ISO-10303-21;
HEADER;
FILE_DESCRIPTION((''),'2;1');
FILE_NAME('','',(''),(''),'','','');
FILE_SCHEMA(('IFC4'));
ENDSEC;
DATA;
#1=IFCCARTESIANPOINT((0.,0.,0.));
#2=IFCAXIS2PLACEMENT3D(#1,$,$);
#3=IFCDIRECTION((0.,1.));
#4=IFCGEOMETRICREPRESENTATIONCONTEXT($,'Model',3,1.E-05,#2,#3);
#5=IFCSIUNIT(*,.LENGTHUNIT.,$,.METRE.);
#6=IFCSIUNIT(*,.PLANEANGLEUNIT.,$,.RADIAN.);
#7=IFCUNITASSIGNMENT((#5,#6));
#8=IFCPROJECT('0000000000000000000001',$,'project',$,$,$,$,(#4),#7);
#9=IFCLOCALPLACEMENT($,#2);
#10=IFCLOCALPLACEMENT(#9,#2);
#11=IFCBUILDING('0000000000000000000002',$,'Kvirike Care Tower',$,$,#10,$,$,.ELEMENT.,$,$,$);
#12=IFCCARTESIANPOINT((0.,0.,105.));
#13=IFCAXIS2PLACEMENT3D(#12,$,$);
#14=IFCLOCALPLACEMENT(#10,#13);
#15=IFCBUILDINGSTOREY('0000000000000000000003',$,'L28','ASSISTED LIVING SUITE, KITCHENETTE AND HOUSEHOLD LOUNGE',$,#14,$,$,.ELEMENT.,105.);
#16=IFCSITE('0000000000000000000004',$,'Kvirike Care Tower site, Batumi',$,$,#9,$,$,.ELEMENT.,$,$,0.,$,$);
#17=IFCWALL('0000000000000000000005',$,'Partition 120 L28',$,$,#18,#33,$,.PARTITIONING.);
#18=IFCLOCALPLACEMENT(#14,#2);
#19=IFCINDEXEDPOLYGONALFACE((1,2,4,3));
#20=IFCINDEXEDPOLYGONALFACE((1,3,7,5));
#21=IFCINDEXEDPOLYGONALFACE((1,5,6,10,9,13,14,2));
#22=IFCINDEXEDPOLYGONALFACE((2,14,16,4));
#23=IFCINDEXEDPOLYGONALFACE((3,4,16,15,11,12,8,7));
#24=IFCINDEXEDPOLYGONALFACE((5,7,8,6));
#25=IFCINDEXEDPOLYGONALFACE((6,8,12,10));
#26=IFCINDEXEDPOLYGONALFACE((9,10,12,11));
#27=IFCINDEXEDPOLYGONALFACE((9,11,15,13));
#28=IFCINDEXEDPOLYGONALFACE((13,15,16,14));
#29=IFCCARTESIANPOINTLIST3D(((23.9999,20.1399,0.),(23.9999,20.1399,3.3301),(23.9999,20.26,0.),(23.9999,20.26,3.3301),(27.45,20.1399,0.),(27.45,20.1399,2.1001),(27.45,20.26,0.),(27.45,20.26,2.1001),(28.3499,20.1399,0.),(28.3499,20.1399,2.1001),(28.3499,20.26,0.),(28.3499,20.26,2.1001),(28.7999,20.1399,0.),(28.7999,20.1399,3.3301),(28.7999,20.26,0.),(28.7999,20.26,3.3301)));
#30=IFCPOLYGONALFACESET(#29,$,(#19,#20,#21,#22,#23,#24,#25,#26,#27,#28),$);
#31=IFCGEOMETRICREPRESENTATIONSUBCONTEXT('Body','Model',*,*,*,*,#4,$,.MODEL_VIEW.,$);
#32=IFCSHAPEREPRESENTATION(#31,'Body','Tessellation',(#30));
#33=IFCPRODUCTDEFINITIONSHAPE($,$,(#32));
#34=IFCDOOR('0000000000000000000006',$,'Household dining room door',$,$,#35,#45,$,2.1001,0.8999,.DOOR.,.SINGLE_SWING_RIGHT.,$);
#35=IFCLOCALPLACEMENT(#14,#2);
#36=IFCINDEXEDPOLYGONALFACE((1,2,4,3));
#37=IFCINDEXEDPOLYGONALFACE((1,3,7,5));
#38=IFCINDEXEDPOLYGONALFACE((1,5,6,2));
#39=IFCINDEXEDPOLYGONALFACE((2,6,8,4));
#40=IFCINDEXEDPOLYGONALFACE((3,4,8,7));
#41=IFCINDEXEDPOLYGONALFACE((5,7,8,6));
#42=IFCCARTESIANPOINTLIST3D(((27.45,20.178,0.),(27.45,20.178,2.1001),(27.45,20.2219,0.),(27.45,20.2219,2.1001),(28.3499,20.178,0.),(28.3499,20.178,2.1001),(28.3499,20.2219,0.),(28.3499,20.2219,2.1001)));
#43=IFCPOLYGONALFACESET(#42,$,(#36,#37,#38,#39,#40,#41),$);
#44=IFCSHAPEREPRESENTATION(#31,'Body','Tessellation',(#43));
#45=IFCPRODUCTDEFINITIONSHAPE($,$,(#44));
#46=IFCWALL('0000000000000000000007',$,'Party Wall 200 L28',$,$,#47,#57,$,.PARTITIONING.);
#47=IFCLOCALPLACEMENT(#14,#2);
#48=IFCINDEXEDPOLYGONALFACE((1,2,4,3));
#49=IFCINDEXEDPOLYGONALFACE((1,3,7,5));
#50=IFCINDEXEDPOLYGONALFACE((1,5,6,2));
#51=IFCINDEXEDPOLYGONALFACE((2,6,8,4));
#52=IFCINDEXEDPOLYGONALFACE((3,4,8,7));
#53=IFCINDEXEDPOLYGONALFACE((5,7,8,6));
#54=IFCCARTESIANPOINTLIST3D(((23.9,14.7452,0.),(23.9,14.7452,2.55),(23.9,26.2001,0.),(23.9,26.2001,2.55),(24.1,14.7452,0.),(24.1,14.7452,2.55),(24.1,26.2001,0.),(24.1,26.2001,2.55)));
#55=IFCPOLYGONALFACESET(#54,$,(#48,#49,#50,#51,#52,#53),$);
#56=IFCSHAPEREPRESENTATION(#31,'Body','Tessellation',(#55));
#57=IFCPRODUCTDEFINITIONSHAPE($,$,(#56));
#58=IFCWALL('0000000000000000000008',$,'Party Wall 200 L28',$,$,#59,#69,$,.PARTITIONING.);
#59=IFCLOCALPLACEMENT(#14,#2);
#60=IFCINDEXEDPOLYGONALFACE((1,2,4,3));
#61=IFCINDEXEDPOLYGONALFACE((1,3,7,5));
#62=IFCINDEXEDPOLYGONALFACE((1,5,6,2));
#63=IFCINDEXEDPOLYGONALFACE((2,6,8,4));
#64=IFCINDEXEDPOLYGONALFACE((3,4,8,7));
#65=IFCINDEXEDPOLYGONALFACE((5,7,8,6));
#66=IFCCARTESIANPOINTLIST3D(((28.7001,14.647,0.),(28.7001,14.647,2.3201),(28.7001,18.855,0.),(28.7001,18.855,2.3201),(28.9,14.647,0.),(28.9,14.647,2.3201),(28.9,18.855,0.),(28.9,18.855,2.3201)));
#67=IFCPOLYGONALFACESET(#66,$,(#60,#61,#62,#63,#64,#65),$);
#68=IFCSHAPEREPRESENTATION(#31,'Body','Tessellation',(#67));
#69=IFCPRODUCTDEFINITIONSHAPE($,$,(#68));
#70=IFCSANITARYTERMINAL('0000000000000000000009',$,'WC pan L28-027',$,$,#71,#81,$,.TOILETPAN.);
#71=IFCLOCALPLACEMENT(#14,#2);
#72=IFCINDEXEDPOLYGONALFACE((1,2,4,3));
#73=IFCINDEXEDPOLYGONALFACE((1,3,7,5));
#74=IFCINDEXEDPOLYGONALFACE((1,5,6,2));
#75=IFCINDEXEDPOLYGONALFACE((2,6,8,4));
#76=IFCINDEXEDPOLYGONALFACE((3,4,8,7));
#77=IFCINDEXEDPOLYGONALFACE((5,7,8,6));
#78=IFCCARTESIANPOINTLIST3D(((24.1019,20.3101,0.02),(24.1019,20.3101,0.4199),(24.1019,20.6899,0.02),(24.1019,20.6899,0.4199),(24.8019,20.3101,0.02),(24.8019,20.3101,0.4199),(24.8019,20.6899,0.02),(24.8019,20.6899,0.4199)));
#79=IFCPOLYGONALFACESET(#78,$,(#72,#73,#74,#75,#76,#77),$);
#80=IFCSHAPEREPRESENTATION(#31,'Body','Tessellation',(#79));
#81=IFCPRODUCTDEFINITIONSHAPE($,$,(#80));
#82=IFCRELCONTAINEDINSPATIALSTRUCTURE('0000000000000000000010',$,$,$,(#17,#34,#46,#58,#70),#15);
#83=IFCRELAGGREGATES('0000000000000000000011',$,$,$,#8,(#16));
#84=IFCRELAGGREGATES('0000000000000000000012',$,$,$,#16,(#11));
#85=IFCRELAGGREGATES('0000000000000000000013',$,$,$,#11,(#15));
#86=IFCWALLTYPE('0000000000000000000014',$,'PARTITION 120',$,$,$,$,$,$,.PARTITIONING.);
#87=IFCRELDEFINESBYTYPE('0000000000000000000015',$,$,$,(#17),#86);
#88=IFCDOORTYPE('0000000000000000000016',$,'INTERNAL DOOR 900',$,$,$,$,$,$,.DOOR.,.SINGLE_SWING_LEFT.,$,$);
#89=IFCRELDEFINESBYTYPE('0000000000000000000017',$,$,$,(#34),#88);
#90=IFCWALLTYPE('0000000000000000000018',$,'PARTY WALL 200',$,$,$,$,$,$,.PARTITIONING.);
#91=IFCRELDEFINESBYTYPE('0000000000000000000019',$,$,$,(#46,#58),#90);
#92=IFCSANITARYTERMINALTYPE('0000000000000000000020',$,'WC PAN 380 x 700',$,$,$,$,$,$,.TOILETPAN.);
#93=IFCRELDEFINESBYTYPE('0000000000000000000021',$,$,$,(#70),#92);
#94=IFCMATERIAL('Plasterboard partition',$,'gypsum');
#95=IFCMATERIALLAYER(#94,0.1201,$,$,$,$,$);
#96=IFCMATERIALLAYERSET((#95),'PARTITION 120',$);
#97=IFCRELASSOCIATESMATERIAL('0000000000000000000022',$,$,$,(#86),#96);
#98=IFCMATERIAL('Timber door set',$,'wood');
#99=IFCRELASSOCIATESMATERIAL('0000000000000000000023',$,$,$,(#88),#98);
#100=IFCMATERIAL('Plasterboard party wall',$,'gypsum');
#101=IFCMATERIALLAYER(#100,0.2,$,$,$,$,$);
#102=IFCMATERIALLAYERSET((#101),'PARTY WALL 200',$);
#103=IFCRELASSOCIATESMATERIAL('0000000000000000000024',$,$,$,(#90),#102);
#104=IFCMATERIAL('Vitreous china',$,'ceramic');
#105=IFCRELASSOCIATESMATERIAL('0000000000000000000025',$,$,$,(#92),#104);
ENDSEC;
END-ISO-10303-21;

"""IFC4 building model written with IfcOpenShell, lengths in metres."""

from ifc_helpers import new_model, si_unit, direction, frame, frame_2d, origin, origin_2d, place, context, subcontext, project, spatial, rectangle, extrude, material, layer, layer_set, type_object, element, fill, save


model = new_model("IFC4")

# Units and contexts
model_context = context("Model", 3, precision=1e-05, world=origin(), true_north=direction((0.0, 1.0)))
body_context = subcontext(model_context, "Body", "Model", "MODEL_VIEW")
ifc_project = project(units=[si_unit("LENGTHUNIT", "METRE"), si_unit("PLANEANGLEUNIT", "RADIAN")], contexts=[model_context])

# Site, building, storey
site_placement = place(None, origin())
site = spatial("IfcSite", under=ifc_project, at=site_placement, Name="Kvirike Care Tower site, Batumi", CompositionType="ELEMENT", RefElevation=0.0)
building_placement = place(site_placement, origin())
building = spatial("IfcBuilding", under=site, at=building_placement, Name="Kvirike Care Tower", CompositionType="ELEMENT")
storey_placement = place(building_placement, frame((0.0, 0.0, 105.0)))
storey = spatial("IfcBuildingStorey", under=building, at=storey_placement, Name="L28", Description="ASSISTED LIVING SUITE, KITCHENETTE AND HOUSEHOLD LOUNGE", CompositionType="ELEMENT", Elevation=105.0)

# Wall, opening, door
ifc_material_1 = material(Name="Plasterboard partition", Category="gypsum")
ifc_layer_1 = layer(ifc_material_1, 0.1201)
ifc_layer_set_1 = layer_set([ifc_layer_1], Name="PARTITION 120")
wall_type_1 = type_object("IfcWallType", Name="PARTITION 120", PredefinedType="PARTITIONING", material=ifc_layer_set_1)
wall_1_placement = place(storey_placement, frame((24.0, 20.2, 0.0), z_axis=(0.0, 0.0, 1.0), x_axis=(1.0, 0.0, 0.0)))
wall_1 = element("IfcWall", 1, at=wall_1_placement, inside=storey, type_object=wall_type_1, Name="Partition 120 L28", PredefinedType="PARTITIONING", context=body_context, shape_type="SweptSolid", body=[
    extrude(rectangle(XDim=4.8, YDim=0.1201, at=frame_2d((2.3999, 0.0))), origin(), (0.0, 0.0, 1.0), 3.3301),
])
opening_1_placement = place(wall_1_placement, frame((3.45, 0.0, 0.0)))
opening_1 = element("IfcOpeningElement", 2, at=opening_1_placement, cuts=wall_1, PredefinedType="OPENING", context=body_context, shape_type="SweptSolid", body=[
    extrude(rectangle(XDim=0.8999, YDim=2.1001, at=frame_2d((0.45, 1.05))), frame((0.0, 0.0706, 0.0), z_axis=(0.0, -1.0, 0.0), x_axis=(1.0, 0.0, 0.0)), (0.0, 0.0, 1.0), 0.1411),
])
ifc_material_2 = material(Name="Timber door set", Category="wood")
door_type_1 = type_object("IfcDoorType", Name="INTERNAL DOOR 900", OperationType="SINGLE_SWING_LEFT", PredefinedType="DOOR", material=ifc_material_2)
door_1_placement = place(opening_1_placement, origin())
door_1 = element("IfcDoor", 3, at=door_1_placement, inside=storey, type_object=door_type_1, Name="Household dining room door", OperationType="SINGLE_SWING_RIGHT", OverallHeight=2.1001, OverallWidth=0.8999, PredefinedType="DOOR", context=body_context, shape_type="SweptSolid", body=[
    extrude(rectangle(XDim=0.8999, YDim=2.1001, at=frame_2d((0.45, 1.05))), frame((0.0, 0.022, 0.0), z_axis=(0.0, -1.0, 0.0), x_axis=(1.0, 0.0, 0.0)), (0.0, 0.0, 1.0), 0.0439),
])
fill(opening_1, door_1)

# Walls
ifc_material_3 = material(Name="Plasterboard party wall", Category="gypsum")
ifc_layer_2 = layer(ifc_material_3, 0.2)
ifc_layer_set_2 = layer_set([ifc_layer_2], Name="PARTY WALL 200")
wall_type_2 = type_object("IfcWallType", Name="PARTY WALL 200", PredefinedType="PARTITIONING", material=ifc_layer_set_2)
wall_2_placement = place(storey_placement, frame((24.0, 14.7451, 0.0), z_axis=(0.0, 0.0, 1.0), x_axis=(0.0, 1.0, 0.0)))
element("IfcWall", 4, at=wall_2_placement, inside=storey, type_object=wall_type_2, Name="Party Wall 200 L28", PredefinedType="PARTITIONING", context=body_context, shape_type="SweptSolid", body=[
    extrude(rectangle(XDim=11.4548, YDim=0.2, at=frame_2d((5.7275, 0.0))), origin(), (0.0, 0.0, 1.0), 2.55),
])
wall_3_placement = place(storey_placement, frame((28.8, 14.647, 0.0), z_axis=(0.0, 0.0, 1.0), x_axis=(0.0, 1.0, 0.0)))
element("IfcWall", 5, at=wall_3_placement, inside=storey, type_object=wall_type_2, Name="Party Wall 200 L28", PredefinedType="PARTITIONING", context=body_context, shape_type="SweptSolid", body=[
    extrude(rectangle(XDim=4.208, YDim=0.2, at=frame_2d((2.104, 0.0))), origin(), (0.0, 0.0, 1.0), 2.3201),
])

# Sanitary terminal
ifc_material_4 = material(Name="Vitreous china", Category="ceramic")
sanitary_terminal_type = type_object("IfcSanitaryTerminalType", Name="WC PAN 380 x 700", PredefinedType="TOILETPAN", material=ifc_material_4)
sanitary_terminal_placement = place(storey_placement, frame((24.4519, 20.5, 0.02), z_axis=(0.0, 0.0, 1.0), x_axis=(0.0, 1.0, 0.0)))
element("IfcSanitaryTerminal", 6, at=sanitary_terminal_placement, inside=storey, type_object=sanitary_terminal_type, Name="WC pan L28-027", PredefinedType="TOILETPAN", context=body_context, shape_type="SweptSolid", body=[
    extrude(rectangle(XDim=0.3799, YDim=0.7, at=origin_2d()), origin(), (0.0, 0.0, 1.0), 0.3999),
])

save(model, "model.ifc")
